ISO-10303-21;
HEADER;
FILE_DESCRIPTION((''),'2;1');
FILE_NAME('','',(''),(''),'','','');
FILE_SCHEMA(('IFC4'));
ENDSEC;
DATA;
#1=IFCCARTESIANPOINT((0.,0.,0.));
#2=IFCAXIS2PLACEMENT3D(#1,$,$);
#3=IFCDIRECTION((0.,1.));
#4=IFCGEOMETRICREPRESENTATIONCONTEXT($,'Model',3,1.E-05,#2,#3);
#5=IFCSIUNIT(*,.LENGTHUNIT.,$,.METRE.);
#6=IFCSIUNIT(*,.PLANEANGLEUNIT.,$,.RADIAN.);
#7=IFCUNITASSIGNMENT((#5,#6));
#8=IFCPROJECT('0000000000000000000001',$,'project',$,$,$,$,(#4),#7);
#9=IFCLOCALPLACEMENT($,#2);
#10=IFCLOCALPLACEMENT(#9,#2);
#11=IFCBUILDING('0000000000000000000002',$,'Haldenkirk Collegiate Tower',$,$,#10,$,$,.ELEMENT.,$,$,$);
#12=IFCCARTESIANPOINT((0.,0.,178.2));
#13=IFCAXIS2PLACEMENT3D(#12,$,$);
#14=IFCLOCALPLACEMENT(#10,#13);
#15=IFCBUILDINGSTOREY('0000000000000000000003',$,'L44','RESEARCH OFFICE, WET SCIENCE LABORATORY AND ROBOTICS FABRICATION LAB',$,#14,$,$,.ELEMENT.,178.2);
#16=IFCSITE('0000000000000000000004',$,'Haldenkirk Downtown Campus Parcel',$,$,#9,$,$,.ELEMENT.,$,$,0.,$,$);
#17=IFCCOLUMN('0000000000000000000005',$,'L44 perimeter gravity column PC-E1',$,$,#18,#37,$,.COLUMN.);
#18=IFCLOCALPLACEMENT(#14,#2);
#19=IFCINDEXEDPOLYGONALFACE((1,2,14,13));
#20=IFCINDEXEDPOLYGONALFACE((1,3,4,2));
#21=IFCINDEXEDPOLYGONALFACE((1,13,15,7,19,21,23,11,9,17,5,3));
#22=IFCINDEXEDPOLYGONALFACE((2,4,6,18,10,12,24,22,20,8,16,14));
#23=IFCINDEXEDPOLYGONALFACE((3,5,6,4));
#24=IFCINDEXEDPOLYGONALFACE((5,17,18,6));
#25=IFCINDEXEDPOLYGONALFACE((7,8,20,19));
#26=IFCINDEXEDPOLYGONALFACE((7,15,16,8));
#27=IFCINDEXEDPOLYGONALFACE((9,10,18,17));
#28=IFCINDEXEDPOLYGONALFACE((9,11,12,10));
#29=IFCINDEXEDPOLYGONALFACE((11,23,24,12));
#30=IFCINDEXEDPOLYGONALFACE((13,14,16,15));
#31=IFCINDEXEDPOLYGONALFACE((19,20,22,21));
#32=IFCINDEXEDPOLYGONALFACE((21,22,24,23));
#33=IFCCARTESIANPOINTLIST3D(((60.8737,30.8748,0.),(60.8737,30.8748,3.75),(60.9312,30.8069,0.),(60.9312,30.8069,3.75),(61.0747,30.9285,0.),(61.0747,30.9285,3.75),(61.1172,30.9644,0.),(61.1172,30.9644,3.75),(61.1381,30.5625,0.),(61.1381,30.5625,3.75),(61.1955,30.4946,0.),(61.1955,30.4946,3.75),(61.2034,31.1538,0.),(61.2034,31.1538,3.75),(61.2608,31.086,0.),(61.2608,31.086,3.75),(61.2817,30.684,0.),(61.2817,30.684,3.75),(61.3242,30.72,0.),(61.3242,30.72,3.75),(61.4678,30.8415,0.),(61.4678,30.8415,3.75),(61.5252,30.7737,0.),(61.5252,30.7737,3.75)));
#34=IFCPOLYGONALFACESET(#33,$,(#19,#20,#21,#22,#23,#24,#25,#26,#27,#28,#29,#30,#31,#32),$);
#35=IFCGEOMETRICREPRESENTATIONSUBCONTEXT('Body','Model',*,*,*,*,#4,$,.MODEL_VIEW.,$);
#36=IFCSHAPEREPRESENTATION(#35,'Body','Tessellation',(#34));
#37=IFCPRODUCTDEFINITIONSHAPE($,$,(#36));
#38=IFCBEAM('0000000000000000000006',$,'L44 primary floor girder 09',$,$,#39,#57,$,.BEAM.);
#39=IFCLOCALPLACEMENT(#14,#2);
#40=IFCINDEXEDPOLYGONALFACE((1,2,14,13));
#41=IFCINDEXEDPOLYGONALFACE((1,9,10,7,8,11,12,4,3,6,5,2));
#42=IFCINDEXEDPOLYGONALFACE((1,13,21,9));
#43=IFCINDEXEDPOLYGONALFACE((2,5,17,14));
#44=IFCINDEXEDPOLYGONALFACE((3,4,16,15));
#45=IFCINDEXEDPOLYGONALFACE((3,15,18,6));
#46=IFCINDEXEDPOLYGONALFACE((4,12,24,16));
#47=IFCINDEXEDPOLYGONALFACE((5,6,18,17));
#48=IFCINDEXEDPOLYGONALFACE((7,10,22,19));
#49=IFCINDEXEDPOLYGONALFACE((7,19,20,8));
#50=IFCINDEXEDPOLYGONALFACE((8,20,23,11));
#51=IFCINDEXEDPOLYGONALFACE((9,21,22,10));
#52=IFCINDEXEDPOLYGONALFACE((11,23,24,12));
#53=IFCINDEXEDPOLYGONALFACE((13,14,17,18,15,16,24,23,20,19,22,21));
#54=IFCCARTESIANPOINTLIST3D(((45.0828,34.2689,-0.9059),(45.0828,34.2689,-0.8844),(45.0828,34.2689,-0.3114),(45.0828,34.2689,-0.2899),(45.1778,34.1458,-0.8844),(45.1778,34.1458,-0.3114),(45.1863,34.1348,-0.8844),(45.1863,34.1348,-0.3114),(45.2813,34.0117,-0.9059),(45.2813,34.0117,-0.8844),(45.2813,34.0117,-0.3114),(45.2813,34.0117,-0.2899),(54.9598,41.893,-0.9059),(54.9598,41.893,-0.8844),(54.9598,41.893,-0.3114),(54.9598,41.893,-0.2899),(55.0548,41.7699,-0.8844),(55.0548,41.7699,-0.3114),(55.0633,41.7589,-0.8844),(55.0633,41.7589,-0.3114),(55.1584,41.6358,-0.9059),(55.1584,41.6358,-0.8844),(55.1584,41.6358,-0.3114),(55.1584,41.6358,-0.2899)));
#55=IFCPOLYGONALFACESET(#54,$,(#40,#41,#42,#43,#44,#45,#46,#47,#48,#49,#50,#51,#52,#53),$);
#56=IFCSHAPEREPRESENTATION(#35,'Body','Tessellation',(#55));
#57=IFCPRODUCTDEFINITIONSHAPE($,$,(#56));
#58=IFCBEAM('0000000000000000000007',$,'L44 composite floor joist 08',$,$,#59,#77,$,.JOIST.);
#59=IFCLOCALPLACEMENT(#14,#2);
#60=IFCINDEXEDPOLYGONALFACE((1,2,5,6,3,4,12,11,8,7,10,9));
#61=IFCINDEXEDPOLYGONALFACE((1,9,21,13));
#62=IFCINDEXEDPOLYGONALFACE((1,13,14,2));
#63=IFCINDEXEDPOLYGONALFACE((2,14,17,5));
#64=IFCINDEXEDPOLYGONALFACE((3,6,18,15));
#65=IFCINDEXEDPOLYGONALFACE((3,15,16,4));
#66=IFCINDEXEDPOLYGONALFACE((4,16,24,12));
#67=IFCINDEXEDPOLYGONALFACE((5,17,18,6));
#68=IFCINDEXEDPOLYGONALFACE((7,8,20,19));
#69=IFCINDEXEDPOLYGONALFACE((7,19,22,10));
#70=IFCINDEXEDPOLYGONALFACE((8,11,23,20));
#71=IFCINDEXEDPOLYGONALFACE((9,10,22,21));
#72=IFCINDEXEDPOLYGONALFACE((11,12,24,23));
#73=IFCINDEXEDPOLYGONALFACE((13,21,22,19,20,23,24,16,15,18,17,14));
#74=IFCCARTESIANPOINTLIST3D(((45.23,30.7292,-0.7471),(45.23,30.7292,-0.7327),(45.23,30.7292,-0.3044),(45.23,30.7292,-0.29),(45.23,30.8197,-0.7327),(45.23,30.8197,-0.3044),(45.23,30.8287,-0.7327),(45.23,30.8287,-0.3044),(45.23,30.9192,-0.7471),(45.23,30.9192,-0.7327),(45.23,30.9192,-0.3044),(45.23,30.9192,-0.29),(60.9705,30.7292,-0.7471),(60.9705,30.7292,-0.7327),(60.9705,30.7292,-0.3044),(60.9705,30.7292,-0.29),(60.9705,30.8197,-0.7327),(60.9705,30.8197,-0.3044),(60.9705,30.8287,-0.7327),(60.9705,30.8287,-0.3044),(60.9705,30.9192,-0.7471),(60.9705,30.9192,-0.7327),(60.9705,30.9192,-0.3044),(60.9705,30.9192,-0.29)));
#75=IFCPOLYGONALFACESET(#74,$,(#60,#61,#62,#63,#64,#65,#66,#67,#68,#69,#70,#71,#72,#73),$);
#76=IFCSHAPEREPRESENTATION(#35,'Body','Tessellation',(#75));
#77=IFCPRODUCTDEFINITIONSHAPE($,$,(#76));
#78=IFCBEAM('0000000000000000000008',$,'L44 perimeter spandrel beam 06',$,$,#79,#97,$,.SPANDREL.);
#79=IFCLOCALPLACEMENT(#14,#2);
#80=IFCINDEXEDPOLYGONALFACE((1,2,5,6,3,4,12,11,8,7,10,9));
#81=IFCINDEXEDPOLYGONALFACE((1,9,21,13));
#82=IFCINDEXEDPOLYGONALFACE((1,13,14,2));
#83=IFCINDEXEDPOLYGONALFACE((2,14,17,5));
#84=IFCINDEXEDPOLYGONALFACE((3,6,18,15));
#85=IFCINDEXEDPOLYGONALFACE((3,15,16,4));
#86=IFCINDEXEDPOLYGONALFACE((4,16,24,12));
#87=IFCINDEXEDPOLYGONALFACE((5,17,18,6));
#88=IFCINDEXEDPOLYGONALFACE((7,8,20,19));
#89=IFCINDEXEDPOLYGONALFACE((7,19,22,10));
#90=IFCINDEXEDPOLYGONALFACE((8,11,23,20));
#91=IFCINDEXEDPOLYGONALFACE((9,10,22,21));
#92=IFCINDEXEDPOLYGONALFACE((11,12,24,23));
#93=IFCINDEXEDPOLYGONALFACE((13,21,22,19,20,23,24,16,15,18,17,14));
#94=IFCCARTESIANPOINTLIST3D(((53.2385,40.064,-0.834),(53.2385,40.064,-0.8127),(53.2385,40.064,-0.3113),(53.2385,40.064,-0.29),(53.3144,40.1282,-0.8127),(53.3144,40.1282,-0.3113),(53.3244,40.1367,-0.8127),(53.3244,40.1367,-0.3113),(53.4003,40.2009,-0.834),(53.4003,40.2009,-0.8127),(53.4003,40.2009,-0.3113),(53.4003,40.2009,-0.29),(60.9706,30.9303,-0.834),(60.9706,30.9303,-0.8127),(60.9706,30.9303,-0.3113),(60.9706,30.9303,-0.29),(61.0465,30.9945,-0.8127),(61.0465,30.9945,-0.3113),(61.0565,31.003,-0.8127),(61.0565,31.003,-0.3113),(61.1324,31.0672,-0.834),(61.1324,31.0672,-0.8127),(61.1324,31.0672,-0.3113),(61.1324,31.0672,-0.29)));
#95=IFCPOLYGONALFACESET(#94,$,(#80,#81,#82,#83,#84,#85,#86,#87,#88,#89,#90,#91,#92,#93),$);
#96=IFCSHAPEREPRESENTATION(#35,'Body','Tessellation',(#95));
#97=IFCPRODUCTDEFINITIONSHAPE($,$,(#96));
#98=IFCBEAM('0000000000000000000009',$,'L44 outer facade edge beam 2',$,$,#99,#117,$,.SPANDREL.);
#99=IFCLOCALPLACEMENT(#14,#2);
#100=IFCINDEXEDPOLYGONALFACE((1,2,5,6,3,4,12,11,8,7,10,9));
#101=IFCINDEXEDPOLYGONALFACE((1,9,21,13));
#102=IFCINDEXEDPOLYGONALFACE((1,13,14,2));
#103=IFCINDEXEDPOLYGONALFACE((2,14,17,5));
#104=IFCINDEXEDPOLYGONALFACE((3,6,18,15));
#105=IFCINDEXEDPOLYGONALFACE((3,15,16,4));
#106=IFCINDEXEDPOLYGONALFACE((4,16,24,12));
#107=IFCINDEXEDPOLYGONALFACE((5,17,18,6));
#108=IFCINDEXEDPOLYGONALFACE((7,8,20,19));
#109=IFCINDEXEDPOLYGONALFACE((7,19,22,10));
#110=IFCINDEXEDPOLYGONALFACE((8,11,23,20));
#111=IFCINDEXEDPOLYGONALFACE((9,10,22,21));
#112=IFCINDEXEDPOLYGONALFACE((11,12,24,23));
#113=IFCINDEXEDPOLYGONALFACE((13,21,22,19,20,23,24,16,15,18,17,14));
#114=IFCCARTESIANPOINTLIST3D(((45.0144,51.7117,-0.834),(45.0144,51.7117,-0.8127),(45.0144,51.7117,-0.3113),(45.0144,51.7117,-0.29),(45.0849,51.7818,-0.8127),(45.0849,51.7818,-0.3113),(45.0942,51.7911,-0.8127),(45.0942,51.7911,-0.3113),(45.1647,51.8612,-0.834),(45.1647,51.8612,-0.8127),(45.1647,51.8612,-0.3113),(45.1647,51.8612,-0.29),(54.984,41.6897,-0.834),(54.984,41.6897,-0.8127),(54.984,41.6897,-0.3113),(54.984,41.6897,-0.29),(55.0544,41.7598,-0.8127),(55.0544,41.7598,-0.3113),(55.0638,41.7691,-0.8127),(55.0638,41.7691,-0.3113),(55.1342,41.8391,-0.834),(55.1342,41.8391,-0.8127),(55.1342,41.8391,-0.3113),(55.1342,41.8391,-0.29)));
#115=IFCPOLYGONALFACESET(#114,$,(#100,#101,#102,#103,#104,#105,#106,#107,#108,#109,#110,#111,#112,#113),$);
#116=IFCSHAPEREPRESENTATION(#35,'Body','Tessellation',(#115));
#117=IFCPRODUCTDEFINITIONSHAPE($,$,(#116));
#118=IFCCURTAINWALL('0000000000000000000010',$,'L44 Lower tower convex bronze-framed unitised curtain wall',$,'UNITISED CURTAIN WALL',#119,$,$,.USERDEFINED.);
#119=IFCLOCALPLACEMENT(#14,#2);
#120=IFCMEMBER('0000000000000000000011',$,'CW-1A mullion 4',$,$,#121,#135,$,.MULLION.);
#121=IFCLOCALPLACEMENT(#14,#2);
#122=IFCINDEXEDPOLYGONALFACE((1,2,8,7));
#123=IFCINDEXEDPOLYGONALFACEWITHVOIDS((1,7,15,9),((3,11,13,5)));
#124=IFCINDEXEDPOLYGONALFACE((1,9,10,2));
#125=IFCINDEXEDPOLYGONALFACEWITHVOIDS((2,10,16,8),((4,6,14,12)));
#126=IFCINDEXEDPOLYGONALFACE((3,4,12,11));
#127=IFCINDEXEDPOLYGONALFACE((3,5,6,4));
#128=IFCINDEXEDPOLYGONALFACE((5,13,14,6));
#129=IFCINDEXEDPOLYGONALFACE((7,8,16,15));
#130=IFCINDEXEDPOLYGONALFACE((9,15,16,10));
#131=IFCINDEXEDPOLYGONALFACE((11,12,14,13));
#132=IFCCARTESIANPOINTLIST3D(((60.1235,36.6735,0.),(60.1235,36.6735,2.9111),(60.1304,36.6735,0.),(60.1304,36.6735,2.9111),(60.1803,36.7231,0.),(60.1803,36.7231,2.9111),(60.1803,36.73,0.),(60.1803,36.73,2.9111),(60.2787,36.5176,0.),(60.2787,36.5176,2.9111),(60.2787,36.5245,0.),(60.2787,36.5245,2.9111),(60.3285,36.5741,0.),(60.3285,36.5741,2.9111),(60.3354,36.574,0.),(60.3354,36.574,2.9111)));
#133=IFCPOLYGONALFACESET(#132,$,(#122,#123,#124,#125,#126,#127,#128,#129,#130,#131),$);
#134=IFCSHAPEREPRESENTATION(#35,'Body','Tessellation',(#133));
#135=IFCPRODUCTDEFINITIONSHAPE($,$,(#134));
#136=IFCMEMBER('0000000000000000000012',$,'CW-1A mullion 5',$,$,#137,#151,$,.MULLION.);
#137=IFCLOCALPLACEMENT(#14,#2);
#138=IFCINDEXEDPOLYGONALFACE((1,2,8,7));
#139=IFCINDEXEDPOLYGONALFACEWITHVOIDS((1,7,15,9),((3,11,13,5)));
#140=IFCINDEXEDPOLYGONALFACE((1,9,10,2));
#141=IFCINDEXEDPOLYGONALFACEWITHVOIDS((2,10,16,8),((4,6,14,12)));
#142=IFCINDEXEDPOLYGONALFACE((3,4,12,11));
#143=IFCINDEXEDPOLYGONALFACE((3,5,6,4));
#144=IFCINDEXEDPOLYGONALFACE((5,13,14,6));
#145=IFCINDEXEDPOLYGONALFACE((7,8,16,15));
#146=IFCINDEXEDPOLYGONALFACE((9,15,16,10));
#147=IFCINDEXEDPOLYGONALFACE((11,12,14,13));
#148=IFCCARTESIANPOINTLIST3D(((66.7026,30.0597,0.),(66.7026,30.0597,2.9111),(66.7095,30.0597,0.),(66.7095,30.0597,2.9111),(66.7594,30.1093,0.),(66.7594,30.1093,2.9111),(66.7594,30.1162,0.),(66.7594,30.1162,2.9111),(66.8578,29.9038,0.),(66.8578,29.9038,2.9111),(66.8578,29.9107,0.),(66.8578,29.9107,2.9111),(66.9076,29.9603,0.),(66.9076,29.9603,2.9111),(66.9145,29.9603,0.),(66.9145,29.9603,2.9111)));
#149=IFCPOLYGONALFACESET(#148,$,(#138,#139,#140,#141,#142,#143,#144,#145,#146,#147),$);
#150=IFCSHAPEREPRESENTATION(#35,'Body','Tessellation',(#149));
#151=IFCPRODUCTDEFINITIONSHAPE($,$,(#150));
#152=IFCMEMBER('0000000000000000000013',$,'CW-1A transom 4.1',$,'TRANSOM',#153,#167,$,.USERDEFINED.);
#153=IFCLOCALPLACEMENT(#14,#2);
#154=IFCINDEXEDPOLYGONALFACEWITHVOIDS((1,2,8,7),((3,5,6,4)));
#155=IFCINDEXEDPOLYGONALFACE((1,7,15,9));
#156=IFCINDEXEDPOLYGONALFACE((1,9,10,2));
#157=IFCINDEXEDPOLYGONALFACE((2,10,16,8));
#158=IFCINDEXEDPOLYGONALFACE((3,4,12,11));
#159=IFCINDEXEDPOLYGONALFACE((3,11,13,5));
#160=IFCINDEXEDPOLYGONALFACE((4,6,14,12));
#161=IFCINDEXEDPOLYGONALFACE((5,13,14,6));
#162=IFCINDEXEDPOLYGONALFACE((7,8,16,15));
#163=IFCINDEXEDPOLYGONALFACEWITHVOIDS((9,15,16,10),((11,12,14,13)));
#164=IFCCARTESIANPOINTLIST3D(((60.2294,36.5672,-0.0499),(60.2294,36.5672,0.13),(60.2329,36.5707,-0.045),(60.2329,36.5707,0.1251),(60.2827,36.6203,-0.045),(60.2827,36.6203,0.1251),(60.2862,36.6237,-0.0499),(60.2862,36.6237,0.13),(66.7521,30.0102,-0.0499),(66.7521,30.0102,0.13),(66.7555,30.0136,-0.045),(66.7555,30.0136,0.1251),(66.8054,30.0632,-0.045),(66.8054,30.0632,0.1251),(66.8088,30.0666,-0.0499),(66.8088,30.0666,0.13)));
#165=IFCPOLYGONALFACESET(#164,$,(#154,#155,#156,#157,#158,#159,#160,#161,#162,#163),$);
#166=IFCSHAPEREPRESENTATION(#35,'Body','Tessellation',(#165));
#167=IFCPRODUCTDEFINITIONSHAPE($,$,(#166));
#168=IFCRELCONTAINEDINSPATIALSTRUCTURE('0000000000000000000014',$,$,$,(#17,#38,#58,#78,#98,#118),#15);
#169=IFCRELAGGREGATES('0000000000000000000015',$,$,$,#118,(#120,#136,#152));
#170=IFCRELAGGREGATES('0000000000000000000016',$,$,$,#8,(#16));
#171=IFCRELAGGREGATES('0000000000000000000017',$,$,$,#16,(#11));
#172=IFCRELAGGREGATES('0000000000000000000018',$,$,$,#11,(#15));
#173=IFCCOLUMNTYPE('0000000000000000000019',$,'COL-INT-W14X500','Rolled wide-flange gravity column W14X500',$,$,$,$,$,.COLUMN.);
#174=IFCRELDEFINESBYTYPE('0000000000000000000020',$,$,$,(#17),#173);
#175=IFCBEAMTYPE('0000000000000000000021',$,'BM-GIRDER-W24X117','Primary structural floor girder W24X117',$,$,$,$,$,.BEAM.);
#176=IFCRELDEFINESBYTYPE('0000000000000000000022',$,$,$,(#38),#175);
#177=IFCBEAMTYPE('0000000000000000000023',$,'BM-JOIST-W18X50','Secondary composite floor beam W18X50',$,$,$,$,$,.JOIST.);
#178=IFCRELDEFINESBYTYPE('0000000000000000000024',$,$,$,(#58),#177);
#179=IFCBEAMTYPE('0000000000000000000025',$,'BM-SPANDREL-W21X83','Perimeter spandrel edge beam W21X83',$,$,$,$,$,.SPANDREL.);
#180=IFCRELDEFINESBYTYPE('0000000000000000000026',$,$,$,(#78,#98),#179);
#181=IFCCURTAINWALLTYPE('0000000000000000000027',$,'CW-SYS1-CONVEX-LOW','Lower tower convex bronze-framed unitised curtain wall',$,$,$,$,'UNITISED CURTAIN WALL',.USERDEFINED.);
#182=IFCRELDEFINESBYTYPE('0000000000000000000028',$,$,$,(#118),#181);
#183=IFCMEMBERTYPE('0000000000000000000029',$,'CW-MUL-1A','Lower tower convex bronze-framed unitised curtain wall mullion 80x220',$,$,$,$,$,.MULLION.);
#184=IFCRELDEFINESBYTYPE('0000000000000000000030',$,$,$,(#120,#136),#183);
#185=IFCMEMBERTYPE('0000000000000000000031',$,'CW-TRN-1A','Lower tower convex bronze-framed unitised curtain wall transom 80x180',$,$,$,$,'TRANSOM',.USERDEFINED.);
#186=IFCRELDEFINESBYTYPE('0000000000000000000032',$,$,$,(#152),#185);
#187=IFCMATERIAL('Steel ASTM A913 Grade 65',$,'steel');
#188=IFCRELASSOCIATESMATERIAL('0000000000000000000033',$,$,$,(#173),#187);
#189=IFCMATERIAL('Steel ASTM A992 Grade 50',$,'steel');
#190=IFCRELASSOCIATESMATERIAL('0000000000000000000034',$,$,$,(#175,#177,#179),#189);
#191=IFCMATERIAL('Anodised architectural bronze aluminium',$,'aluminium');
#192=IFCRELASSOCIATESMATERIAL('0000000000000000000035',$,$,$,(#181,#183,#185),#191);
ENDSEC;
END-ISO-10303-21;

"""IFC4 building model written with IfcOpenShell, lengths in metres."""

from ifc_helpers import new_model, si_unit, direction, frame, origin, origin_2d, place, context, subcontext, project, spatial, hollow_rectangle, i_section, extrude, material, material_profile, profile_set, type_object, element, aggregate, save


model = new_model("IFC4")

# Units and contexts
model_context = context("Model", 3, precision=1e-05, world=origin(), true_north=direction((0.0, 1.0)))
body_context = subcontext(model_context, "Body", "Model", "MODEL_VIEW")
ifc_project = project(units=[si_unit("LENGTHUNIT", "METRE"), si_unit("PLANEANGLEUNIT", "RADIAN")], contexts=[model_context])

# Site, building, storey
site_placement = place(None, origin())
site = spatial("IfcSite", under=ifc_project, at=site_placement, Name="Haldenkirk Downtown Campus Parcel", CompositionType="ELEMENT", RefElevation=0.0)
building_placement = place(site_placement, origin())
building = spatial("IfcBuilding", under=site, at=building_placement, Name="Haldenkirk Collegiate Tower", CompositionType="ELEMENT")
storey_placement = place(building_placement, frame((0.0, 0.0, 178.2)))
storey = spatial("IfcBuildingStorey", under=building, at=storey_placement, Name="L44", Description="RESEARCH OFFICE, WET SCIENCE LABORATORY AND ROBOTICS FABRICATION LAB", CompositionType="ELEMENT", Elevation=178.2)

# Column
ifc_material_1 = material(Name="Steel ASTM A913 Grade 65", Category="steel")
ifc_material_profile_1 = material_profile(ifc_material_1, i_section(OverallWidth=0.4319, OverallDepth=0.498, WebThickness=0.0557, FlangeThickness=0.0889, at=origin_2d()), Name="W14X500")
ifc_profile_set_1 = profile_set([ifc_material_profile_1], Name="Steel ASTM A913 Grade 65")
column_type = type_object("IfcColumnType", Name="COL-INT-W14X500", Description="Rolled wide-flange gravity column W14X500", PredefinedType="COLUMN", material=ifc_profile_set_1)
column_placement = place(storey_placement, frame((61.1995, 30.8242, 0.0), z_axis=(0.0, 0.0, 1.0), x_axis=(0.763232, 0.646124, 0.0)))
element("IfcColumn", 1, at=column_placement, inside=storey, type_object=column_type, Name="L44 perimeter gravity column PC-E1", PredefinedType="COLUMN", context=body_context, shape_type="SweptSolid", body=[
    extrude(i_section(OverallWidth=0.4319, OverallDepth=0.498, WebThickness=0.0557, FlangeThickness=0.0889, at=origin_2d()), origin(), (0.0, 0.0, 1.0), 3.75),
])

# Beams
ifc_material_2 = material(Name="Steel ASTM A992 Grade 50", Category="steel")
ifc_material_profile_2 = material_profile(ifc_material_2, i_section(OverallWidth=0.325, OverallDepth=0.616, WebThickness=0.0139, FlangeThickness=0.0215, at=origin_2d()), Name="W24X117")
ifc_profile_set_2 = profile_set([ifc_material_profile_2], Name="Steel ASTM A992 Grade 50")
beam_type_1 = type_object("IfcBeamType", Name="BM-GIRDER-W24X117", Description="Primary structural floor girder W24X117", PredefinedType="BEAM", material=ifc_profile_set_2)
beam_1_placement = place(storey_placement, frame((55.0591, 41.7644, -0.5979), z_axis=(-0.791602, -0.611038, 0.0), x_axis=(0.611038, -0.791602, 0.0)))
element("IfcBeam", 2, at=beam_1_placement, inside=storey, type_object=beam_type_1, Name="L44 primary floor girder 09", PredefinedType="BEAM", context=body_context, shape_type="SweptSolid", body=[
    extrude(i_section(OverallWidth=0.325, OverallDepth=0.616, WebThickness=0.0139, FlangeThickness=0.0215, at=origin_2d()), origin(), (0.0, 0.0, 1.0), 12.4773),
])
ifc_material_profile_3 = material_profile(ifc_material_2, i_section(OverallWidth=0.1899, OverallDepth=0.457, WebThickness=0.009, FlangeThickness=0.0144, at=origin_2d()), Name="W18X50")
ifc_profile_set_3 = profile_set([ifc_material_profile_3], Name="Steel ASTM A992 Grade 50")
beam_type_2 = type_object("IfcBeamType", Name="BM-JOIST-W18X50", Description="Secondary composite floor beam W18X50", PredefinedType="JOIST", material=ifc_profile_set_3)
beam_2_placement = place(storey_placement, frame((60.9705, 30.8242, -0.5186), z_axis=(-1.0, 0.0, 0.0), x_axis=(0.0, -1.0, 0.0)))
element("IfcBeam", 3, at=beam_2_placement, inside=storey, type_object=beam_type_2, Name="L44 composite floor joist 08", PredefinedType="JOIST", context=body_context, shape_type="SweptSolid", body=[
    extrude(i_section(OverallWidth=0.1899, OverallDepth=0.457, WebThickness=0.009, FlangeThickness=0.0144, at=origin_2d()), origin(), (0.0, 0.0, 1.0), 15.7405),
])
ifc_material_profile_4 = material_profile(ifc_material_2, i_section(OverallWidth=0.2119, OverallDepth=0.5439, WebThickness=0.0132, FlangeThickness=0.0212, at=origin_2d()), Name="W21X83")
ifc_profile_set_4 = profile_set([ifc_material_profile_4], Name="Steel ASTM A992 Grade 50")
beam_type_3 = type_object("IfcBeamType", Name="BM-SPANDREL-W21X83", Description="Perimeter spandrel edge beam W21X83", PredefinedType="SPANDREL", material=ifc_profile_set_4)
beam_3_placement = place(storey_placement, frame((61.0515, 30.9988, -0.562), z_axis=(-0.646117, 0.763238, 0.0), x_axis=(-0.763238, -0.646117, 0.0)))
element("IfcBeam", 4, at=beam_3_placement, inside=storey, type_object=beam_type_3, Name="L44 perimeter spandrel beam 06", PredefinedType="SPANDREL", context=body_context, shape_type="SweptSolid", body=[
    extrude(i_section(OverallWidth=0.2119, OverallDepth=0.5439, WebThickness=0.0132, FlangeThickness=0.0212, at=origin_2d()), origin(), (0.0, 0.0, 1.0), 11.967),
])
beam_4_placement = place(storey_placement, frame((55.0591, 41.7644, -0.562), z_axis=(-0.705248, 0.708961, 0.0), x_axis=(-0.708961, -0.705248, 0.0)))
element("IfcBeam", 5, at=beam_4_placement, inside=storey, type_object=beam_type_3, Name="L44 outer facade edge beam 2", PredefinedType="SPANDREL", context=body_context, shape_type="SweptSolid", body=[
    extrude(i_section(OverallWidth=0.2119, OverallDepth=0.5439, WebThickness=0.0132, FlangeThickness=0.0212, at=origin_2d()), origin(), (0.0, 0.0, 1.0), 14.1362),
])

# Curtain wall, members
ifc_material_3 = material(Name="Anodised architectural bronze aluminium", Category="aluminium")
curtain_wall_type = type_object("IfcCurtainWallType", Name="CW-SYS1-CONVEX-LOW", Description="Lower tower convex bronze-framed unitised curtain wall", ElementType="UNITISED CURTAIN WALL", PredefinedType="USERDEFINED", material=ifc_material_3)
curtain_wall_placement = place(storey_placement, origin())
curtain_wall = element("IfcCurtainWall", 6, at=curtain_wall_placement, inside=storey, type_object=curtain_wall_type, Name="L44 Lower tower convex bronze-framed unitised curtain wall", ObjectType="UNITISED CURTAIN WALL", PredefinedType="USERDEFINED")
ifc_material_profile_5 = material_profile(ifc_material_3, hollow_rectangle(XDim=0.0801, YDim=0.22, WallThickness=0.0049, at=origin_2d()), Name="CW-MUL-1A")
ifc_profile_set_5 = profile_set([ifc_material_profile_5], Name="Anodised architectural bronze aluminium")
member_type_1 = type_object("IfcMemberType", Name="CW-MUL-1A", Description="Lower tower convex bronze-framed unitised curtain wall mullion 80x220", PredefinedType="MULLION", material=ifc_profile_set_5)
member_1_placement = place(storey_placement, frame((60.2295, 36.6238, 0.0), z_axis=(0.0, 0.0, 1.0), x_axis=(0.708954, 0.705255, 0.0)))
member_1 = element("IfcMember", 7, at=member_1_placement, type_object=member_type_1, Name="CW-1A mullion 4", PredefinedType="MULLION", context=body_context, shape_type="SweptSolid", body=[
    extrude(hollow_rectangle(XDim=0.0801, YDim=0.22, WallThickness=0.0049, at=origin_2d()), origin(), (0.0, 0.0, 1.0), 2.9111),
])
member_2_placement = place(storey_placement, frame((66.8086, 30.01, 0.0), z_axis=(0.0, 0.0, 1.0), x_axis=(0.708954, 0.705255, 0.0)))
member_2 = element("IfcMember", 8, at=member_2_placement, type_object=member_type_1, Name="CW-1A mullion 5", PredefinedType="MULLION", context=body_context, shape_type="SweptSolid", body=[
    extrude(hollow_rectangle(XDim=0.0801, YDim=0.22, WallThickness=0.0049, at=origin_2d()), origin(), (0.0, 0.0, 1.0), 2.9111),
])
ifc_material_profile_6 = material_profile(ifc_material_3, hollow_rectangle(XDim=0.0801, YDim=0.1799, WallThickness=0.0049, at=origin_2d()), Name="CW-TRN-1A")
ifc_profile_set_6 = profile_set([ifc_material_profile_6], Name="Anodised architectural bronze aluminium")
member_type_2 = type_object("IfcMemberType", Name="CW-TRN-1A", Description="Lower tower convex bronze-framed unitised curtain wall transom 80x180", ElementType="TRANSOM", PredefinedType="USERDEFINED", material=ifc_profile_set_6)
member_3_placement = place(storey_placement, frame((60.2578, 36.5955, 0.04), z_axis=(0.705243, -0.708965, 0.0), x_axis=(0.708965, 0.705243, 0.0)))
member_3 = element("IfcMember", 9, at=member_3_placement, type_object=member_type_2, Name="CW-1A transom 4.1", ObjectType="TRANSOM", PredefinedType="USERDEFINED", context=body_context, shape_type="SweptSolid", body=[
    extrude(hollow_rectangle(XDim=0.0801, YDim=0.1799, WallThickness=0.0049, at=origin_2d()), origin(), (0.0, 0.0, 1.0), 9.2488),
])

aggregate(curtain_wall, [member_1, member_2, member_3])

save(model, "model.ifc")
